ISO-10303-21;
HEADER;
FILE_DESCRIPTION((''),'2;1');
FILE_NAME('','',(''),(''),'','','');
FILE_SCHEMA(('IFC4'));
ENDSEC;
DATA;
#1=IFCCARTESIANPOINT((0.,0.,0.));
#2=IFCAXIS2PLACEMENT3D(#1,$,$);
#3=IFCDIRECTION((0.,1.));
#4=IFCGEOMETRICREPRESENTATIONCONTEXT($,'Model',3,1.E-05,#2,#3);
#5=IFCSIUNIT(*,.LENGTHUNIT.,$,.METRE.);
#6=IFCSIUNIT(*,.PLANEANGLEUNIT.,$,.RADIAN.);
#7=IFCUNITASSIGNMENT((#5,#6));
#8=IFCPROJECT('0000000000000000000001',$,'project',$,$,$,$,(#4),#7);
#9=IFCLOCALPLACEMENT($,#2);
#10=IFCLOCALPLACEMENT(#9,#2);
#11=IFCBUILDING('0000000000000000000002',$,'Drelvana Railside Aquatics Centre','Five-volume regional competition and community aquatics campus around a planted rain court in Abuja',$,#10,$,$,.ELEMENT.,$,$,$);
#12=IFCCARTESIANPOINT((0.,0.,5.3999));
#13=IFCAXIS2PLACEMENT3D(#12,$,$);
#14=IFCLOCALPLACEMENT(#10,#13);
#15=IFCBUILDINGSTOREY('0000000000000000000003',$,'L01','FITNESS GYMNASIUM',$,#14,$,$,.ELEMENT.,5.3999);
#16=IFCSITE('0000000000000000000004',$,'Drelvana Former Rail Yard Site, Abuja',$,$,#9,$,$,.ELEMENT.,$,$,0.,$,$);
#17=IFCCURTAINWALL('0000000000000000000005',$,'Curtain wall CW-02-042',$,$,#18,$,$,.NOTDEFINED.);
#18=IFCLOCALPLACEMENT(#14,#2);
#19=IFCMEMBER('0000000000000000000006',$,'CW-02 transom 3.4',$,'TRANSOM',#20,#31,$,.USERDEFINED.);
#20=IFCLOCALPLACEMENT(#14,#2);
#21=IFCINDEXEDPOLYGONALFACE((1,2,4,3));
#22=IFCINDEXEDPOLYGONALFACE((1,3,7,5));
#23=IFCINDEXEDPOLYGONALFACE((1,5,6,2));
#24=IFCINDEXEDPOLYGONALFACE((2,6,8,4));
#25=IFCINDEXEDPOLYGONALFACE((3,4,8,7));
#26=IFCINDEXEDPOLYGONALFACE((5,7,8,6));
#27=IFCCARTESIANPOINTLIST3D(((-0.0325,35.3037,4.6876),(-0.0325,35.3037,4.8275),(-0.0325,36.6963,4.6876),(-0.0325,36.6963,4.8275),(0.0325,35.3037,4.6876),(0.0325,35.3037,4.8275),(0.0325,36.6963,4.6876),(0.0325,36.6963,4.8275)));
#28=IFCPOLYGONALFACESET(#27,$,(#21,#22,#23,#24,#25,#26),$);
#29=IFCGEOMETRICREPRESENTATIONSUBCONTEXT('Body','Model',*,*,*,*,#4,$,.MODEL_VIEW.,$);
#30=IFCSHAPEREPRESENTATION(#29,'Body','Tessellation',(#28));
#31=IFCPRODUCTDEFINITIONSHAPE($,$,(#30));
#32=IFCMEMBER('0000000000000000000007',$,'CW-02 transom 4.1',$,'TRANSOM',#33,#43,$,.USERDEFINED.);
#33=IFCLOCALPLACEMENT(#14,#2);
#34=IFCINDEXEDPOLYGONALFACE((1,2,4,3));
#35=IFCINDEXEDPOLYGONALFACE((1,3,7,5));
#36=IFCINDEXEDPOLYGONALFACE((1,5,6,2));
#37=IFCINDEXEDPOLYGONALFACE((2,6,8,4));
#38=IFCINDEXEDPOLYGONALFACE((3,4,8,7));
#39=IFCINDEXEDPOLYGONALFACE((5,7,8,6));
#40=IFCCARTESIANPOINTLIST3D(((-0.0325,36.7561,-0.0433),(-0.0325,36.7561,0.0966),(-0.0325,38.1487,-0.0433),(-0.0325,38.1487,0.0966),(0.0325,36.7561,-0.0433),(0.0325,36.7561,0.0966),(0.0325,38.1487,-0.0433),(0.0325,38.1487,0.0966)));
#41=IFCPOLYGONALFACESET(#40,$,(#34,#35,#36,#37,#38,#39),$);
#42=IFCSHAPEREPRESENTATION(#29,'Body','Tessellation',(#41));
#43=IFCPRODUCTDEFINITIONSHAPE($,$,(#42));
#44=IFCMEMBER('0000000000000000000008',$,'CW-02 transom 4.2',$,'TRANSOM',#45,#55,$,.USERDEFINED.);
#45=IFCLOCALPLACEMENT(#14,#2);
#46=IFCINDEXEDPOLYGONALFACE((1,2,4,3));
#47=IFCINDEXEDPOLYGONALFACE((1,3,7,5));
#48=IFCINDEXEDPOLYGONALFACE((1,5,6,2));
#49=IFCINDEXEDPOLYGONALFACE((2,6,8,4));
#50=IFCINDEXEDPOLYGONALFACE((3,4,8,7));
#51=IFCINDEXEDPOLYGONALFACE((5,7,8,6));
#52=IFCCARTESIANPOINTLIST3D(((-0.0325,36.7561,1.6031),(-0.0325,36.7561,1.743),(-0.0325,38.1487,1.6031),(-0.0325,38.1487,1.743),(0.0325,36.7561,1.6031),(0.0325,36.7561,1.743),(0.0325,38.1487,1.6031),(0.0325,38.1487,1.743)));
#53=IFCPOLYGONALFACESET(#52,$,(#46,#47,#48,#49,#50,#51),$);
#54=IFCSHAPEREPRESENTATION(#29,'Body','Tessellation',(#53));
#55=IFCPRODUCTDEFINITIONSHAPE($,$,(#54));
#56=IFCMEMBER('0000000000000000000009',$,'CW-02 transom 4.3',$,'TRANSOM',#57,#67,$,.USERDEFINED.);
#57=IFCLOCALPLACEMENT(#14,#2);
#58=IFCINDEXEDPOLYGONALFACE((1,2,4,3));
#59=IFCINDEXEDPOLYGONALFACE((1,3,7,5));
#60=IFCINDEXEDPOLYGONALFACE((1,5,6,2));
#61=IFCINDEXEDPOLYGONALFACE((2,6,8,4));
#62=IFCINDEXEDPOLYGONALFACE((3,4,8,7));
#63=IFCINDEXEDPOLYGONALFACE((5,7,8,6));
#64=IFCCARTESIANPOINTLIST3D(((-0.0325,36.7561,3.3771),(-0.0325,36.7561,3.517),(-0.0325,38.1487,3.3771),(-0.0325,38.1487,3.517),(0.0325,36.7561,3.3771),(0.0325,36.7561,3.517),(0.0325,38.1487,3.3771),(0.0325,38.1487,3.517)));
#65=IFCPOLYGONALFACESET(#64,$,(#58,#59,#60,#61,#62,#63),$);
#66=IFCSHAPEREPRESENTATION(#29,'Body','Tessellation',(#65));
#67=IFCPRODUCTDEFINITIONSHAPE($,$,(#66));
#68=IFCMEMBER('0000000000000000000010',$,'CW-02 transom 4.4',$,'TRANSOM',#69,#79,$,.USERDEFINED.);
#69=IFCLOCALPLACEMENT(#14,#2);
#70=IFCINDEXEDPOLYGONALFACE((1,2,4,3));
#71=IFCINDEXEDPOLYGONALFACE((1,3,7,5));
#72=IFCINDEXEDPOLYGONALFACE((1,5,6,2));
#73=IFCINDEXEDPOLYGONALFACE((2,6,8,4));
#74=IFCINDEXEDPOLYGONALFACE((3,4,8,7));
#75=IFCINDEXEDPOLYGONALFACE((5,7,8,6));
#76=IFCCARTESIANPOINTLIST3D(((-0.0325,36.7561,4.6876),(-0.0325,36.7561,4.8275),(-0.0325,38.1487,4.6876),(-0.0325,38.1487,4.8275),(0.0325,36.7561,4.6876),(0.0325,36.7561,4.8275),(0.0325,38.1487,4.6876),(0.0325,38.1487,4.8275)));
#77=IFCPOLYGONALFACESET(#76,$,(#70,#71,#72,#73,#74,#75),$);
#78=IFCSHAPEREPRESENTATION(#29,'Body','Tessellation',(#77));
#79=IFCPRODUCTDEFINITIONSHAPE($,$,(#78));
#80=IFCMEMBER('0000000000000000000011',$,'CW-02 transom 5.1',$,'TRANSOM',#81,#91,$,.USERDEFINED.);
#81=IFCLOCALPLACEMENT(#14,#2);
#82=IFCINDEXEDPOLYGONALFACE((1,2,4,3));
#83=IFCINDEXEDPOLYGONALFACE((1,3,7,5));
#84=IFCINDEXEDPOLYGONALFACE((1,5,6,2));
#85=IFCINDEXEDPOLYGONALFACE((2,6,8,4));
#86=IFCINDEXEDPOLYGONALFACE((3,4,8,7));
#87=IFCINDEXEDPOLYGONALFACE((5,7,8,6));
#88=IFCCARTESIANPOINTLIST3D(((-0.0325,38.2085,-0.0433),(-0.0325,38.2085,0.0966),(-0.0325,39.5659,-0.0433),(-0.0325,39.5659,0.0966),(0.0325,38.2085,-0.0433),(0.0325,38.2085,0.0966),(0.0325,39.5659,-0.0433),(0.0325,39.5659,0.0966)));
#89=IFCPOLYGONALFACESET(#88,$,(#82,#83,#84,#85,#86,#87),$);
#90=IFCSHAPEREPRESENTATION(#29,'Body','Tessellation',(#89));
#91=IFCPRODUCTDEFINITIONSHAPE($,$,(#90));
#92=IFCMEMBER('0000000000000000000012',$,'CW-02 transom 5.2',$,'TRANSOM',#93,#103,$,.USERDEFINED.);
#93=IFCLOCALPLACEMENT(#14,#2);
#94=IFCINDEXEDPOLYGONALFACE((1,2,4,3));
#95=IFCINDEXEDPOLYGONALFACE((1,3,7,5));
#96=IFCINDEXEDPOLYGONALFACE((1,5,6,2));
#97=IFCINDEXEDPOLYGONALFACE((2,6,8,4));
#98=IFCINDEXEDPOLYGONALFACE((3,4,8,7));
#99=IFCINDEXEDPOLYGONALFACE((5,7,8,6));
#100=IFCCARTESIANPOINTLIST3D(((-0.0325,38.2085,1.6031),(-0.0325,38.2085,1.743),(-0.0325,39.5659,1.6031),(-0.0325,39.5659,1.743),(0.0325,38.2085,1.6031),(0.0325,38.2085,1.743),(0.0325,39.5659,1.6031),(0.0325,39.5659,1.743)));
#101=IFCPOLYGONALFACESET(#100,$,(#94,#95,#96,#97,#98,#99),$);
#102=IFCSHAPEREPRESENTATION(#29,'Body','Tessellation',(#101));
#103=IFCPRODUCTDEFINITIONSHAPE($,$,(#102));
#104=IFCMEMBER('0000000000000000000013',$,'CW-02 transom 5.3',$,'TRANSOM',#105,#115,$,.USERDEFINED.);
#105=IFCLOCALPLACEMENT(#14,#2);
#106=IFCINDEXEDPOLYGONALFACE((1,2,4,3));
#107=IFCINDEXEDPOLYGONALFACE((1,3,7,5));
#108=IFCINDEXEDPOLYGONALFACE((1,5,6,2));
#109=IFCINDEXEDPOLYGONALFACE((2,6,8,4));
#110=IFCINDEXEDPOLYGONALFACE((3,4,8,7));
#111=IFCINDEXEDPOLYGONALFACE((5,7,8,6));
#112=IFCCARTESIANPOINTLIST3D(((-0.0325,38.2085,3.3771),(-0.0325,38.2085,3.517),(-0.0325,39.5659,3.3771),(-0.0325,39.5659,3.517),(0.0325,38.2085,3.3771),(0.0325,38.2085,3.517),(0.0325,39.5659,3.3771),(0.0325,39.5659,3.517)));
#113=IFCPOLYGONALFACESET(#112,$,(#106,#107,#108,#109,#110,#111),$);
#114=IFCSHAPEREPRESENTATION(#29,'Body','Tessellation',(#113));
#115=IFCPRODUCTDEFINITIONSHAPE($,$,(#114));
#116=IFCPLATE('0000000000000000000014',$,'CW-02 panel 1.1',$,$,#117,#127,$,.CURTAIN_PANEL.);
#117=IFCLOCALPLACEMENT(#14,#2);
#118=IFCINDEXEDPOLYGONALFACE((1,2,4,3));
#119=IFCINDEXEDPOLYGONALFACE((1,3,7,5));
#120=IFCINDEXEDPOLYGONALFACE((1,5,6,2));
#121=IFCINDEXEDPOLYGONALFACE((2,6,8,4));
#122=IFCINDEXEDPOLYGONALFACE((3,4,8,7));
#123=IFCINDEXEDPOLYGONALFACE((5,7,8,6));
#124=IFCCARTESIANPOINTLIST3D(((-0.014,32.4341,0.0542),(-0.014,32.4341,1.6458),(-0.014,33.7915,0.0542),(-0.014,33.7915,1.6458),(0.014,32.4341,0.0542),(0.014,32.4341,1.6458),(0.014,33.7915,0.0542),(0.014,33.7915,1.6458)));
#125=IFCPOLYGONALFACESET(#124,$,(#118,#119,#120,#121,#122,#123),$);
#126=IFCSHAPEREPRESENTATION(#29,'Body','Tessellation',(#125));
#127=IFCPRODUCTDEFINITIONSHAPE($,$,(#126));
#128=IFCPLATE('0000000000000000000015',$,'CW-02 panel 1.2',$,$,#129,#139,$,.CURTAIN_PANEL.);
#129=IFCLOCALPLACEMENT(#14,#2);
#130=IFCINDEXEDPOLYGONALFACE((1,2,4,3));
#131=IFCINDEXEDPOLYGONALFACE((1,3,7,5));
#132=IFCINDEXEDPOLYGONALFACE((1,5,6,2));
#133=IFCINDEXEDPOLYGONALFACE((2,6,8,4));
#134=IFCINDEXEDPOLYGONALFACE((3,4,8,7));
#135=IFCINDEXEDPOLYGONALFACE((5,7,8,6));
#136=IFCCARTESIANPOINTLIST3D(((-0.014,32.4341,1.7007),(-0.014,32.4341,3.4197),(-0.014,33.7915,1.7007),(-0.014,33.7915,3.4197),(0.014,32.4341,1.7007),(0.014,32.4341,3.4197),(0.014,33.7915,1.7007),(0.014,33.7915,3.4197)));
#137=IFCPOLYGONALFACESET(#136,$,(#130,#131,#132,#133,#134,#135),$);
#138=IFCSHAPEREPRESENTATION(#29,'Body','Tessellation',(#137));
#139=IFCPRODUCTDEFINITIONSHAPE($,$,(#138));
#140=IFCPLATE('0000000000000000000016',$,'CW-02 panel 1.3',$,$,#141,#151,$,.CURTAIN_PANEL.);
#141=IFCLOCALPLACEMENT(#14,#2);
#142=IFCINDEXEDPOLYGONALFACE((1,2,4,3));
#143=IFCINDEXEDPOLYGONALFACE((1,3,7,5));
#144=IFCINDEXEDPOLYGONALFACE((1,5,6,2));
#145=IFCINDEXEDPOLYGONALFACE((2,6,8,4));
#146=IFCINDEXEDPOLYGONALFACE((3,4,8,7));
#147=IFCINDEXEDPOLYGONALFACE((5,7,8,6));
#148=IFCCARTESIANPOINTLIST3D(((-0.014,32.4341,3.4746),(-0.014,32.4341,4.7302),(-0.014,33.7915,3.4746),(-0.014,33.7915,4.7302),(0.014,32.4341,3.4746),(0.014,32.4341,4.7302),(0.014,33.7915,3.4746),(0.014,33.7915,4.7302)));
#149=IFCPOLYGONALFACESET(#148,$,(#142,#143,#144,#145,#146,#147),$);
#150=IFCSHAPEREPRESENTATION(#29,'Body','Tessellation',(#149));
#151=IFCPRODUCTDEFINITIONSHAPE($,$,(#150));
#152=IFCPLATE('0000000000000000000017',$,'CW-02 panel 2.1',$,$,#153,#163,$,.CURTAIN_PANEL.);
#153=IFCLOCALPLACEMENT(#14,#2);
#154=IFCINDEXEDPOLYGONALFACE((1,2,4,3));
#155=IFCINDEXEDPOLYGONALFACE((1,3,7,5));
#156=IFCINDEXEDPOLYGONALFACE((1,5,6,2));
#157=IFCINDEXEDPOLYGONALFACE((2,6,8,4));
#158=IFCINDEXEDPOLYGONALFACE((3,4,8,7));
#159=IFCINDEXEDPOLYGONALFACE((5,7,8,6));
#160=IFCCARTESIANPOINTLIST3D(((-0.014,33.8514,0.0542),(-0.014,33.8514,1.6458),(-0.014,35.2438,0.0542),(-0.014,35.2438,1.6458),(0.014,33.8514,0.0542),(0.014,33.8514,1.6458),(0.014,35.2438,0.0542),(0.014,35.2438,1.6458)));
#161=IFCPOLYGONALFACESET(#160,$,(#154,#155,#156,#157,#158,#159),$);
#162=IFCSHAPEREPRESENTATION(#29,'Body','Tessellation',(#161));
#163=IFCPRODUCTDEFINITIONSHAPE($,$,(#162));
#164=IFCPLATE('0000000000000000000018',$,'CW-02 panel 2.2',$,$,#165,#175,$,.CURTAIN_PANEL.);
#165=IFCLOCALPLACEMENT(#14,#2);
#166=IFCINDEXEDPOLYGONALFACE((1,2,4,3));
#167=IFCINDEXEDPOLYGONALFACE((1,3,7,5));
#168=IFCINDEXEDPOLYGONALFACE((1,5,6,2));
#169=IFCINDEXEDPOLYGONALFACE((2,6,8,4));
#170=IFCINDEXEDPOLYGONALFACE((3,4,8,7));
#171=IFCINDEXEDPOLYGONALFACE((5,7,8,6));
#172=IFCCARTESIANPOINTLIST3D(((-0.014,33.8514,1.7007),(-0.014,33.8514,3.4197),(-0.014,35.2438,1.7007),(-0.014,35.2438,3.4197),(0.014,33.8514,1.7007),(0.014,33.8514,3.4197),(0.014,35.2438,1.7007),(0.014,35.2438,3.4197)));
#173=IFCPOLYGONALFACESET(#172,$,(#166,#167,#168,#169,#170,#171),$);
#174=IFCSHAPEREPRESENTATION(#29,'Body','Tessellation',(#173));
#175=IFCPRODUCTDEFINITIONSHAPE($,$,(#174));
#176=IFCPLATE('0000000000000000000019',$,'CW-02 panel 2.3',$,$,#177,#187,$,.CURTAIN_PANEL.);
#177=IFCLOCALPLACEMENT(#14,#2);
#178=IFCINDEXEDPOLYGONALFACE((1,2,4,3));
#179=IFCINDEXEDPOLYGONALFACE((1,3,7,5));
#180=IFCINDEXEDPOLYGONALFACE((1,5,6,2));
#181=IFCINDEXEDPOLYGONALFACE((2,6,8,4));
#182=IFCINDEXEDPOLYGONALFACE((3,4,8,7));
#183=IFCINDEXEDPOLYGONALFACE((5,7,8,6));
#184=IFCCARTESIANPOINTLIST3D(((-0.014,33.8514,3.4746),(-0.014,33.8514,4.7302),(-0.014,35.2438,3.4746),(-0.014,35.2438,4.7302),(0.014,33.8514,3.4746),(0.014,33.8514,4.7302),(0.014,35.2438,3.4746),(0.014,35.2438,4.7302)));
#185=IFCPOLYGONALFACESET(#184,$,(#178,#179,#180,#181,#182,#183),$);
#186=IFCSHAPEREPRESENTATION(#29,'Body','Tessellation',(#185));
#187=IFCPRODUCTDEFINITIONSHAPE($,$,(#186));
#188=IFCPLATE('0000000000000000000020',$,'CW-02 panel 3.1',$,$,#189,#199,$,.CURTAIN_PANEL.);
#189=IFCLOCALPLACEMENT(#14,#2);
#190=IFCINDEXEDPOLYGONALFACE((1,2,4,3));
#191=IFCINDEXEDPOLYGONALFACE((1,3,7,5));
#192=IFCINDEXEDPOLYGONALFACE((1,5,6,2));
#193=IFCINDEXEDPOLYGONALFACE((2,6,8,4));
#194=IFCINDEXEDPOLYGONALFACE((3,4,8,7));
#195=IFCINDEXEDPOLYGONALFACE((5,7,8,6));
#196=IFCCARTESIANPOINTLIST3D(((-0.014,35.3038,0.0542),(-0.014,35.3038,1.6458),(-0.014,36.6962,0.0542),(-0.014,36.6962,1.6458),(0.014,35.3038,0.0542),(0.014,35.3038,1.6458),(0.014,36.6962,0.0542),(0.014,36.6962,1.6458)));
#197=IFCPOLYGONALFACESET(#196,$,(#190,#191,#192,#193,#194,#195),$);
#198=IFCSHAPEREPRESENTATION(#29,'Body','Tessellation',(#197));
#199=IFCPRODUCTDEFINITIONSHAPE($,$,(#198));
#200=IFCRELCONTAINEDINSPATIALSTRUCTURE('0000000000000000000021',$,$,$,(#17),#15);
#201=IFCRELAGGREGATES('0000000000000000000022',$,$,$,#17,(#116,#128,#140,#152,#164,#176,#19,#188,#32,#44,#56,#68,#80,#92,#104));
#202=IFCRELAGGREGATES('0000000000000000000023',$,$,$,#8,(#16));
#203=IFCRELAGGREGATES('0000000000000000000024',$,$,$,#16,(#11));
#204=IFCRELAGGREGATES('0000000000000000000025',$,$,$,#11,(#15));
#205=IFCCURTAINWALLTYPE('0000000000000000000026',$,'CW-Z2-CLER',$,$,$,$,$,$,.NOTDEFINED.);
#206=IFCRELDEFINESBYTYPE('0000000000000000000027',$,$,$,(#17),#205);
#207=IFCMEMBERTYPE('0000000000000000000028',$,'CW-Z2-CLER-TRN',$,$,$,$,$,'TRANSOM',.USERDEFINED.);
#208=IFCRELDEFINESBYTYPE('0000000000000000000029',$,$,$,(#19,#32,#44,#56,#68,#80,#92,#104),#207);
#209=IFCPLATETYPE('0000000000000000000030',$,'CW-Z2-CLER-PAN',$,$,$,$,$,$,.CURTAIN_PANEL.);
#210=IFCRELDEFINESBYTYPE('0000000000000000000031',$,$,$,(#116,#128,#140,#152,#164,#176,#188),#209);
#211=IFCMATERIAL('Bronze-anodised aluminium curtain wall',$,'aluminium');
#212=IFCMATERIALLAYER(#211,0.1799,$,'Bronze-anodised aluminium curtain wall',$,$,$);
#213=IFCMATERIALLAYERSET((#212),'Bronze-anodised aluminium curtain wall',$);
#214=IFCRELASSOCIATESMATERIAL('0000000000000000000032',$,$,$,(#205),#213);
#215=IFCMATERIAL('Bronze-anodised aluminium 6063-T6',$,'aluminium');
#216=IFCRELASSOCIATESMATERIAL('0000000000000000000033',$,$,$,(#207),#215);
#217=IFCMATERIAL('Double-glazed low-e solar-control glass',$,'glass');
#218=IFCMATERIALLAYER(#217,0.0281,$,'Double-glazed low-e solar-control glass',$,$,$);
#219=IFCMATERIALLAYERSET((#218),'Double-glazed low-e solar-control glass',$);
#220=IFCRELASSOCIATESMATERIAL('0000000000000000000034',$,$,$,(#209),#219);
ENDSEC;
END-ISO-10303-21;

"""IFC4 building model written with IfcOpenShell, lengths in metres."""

from ifc_helpers import new_model, si_unit, direction, frame, origin, origin_2d, place, context, subcontext, project, spatial, rectangle, extrude, material, layer, layer_set, material_profile, profile_set, type_object, element, aggregate, save


model = new_model("IFC4")

# Units and contexts
model_context = context("Model", 3, precision=1e-05, world=origin(), true_north=direction((0.0, 1.0)))
body_context = subcontext(model_context, "Body", "Model", "MODEL_VIEW")
ifc_project = project(units=[si_unit("LENGTHUNIT", "METRE"), si_unit("PLANEANGLEUNIT", "RADIAN")], contexts=[model_context])

# Site, building, storey
site_placement = place(None, origin())
site = spatial("IfcSite", under=ifc_project, at=site_placement, Name="Drelvana Former Rail Yard Site, Abuja", CompositionType="ELEMENT", RefElevation=0.0)
building_placement = place(site_placement, origin())
building = spatial("IfcBuilding", under=site, at=building_placement, Name="Drelvana Railside Aquatics Centre", Description="Five-volume regional competition and community aquatics campus around a planted rain court in Abuja", CompositionType="ELEMENT")
storey_placement = place(building_placement, frame((0.0, 0.0, 5.3999)))
storey = spatial("IfcBuildingStorey", under=building, at=storey_placement, Name="L01", Description="FITNESS GYMNASIUM", CompositionType="ELEMENT", Elevation=5.3999)

# Curtain wall, members, plates
ifc_material_1 = material(Name="Bronze-anodised aluminium curtain wall", Category="aluminium")
ifc_layer_1 = layer(ifc_material_1, 0.1799, Name="Bronze-anodised aluminium curtain wall")
ifc_layer_set_1 = layer_set([ifc_layer_1], Name="Bronze-anodised aluminium curtain wall")
curtain_wall_type = type_object("IfcCurtainWallType", Name="CW-Z2-CLER", PredefinedType="NOTDEFINED", material=ifc_layer_set_1)
curtain_wall_placement = place(storey_placement, origin())
curtain_wall = element("IfcCurtainWall", 1, at=curtain_wall_placement, inside=storey, type_object=curtain_wall_type, Name="Curtain wall CW-02-042", PredefinedType="NOTDEFINED")
ifc_material_2 = material(Name="Bronze-anodised aluminium 6063-T6", Category="aluminium")
ifc_material_profile_1 = material_profile(ifc_material_2, rectangle(XDim=0.1399, YDim=0.0649, at=origin_2d()), Name="ALU-T 65x140")
ifc_profile_set_1 = profile_set([ifc_material_profile_1], Name="Bronze-anodised aluminium 6063-T6")
member_type_1 = type_object("IfcMemberType", Name="CW-Z2-CLER-TRN", ElementType="TRANSOM", PredefinedType="USERDEFINED", material=ifc_profile_set_1)
member_1_placement = place(storey_placement, frame((0.0, 35.3037, 4.7576), z_axis=(0.0, 1.0, 0.0), x_axis=(0.0, 0.0, 1.0)))
member_1 = element("IfcMember", 2, at=member_1_placement, type_object=member_type_1, Name="CW-02 transom 3.4", ObjectType="TRANSOM", PredefinedType="USERDEFINED", context=body_context, shape_type="SweptSolid", body=[
    extrude(rectangle(XDim=0.1399, YDim=0.0649, at=origin_2d()), origin(), (0.0, 0.0, 1.0), 1.3926),
])
member_2_placement = place(storey_placement, frame((0.0, 36.7561, 0.0266), z_axis=(0.0, 1.0, 0.0), x_axis=(0.0, 0.0, 1.0)))
member_2 = element("IfcMember", 3, at=member_2_placement, type_object=member_type_1, Name="CW-02 transom 4.1", ObjectType="TRANSOM", PredefinedType="USERDEFINED", context=body_context, shape_type="SweptSolid", body=[
    extrude(rectangle(XDim=0.1399, YDim=0.0649, at=origin_2d()), origin(), (0.0, 0.0, 1.0), 1.3926),
])
member_3_placement = place(storey_placement, frame((0.0, 36.7561, 1.6731), z_axis=(0.0, 1.0, 0.0), x_axis=(0.0, 0.0, 1.0)))
member_3 = element("IfcMember", 4, at=member_3_placement, type_object=member_type_1, Name="CW-02 transom 4.2", ObjectType="TRANSOM", PredefinedType="USERDEFINED", context=body_context, shape_type="SweptSolid", body=[
    extrude(rectangle(XDim=0.1399, YDim=0.0649, at=origin_2d()), origin(), (0.0, 0.0, 1.0), 1.3926),
])
member_4_placement = place(storey_placement, frame((0.0, 36.7561, 3.447), z_axis=(0.0, 1.0, 0.0), x_axis=(0.0, 0.0, 1.0)))
member_4 = element("IfcMember", 5, at=member_4_placement, type_object=member_type_1, Name="CW-02 transom 4.3", ObjectType="TRANSOM", PredefinedType="USERDEFINED", context=body_context, shape_type="SweptSolid", body=[
    extrude(rectangle(XDim=0.1399, YDim=0.0649, at=origin_2d()), origin(), (0.0, 0.0, 1.0), 1.3926),
])
member_5_placement = place(storey_placement, frame((0.0, 36.7561, 4.7576), z_axis=(0.0, 1.0, 0.0), x_axis=(0.0, 0.0, 1.0)))
member_5 = element("IfcMember", 6, at=member_5_placement, type_object=member_type_1, Name="CW-02 transom 4.4", ObjectType="TRANSOM", PredefinedType="USERDEFINED", context=body_context, shape_type="SweptSolid", body=[
    extrude(rectangle(XDim=0.1399, YDim=0.0649, at=origin_2d()), origin(), (0.0, 0.0, 1.0), 1.3926),
])
member_6_placement = place(storey_placement, frame((0.0, 38.2085, 0.0266), z_axis=(0.0, 1.0, 0.0), x_axis=(0.0, 0.0, 1.0)))
member_6 = element("IfcMember", 7, at=member_6_placement, type_object=member_type_1, Name="CW-02 transom 5.1", ObjectType="TRANSOM", PredefinedType="USERDEFINED", context=body_context, shape_type="SweptSolid", body=[
    extrude(rectangle(XDim=0.1399, YDim=0.0649, at=origin_2d()), origin(), (0.0, 0.0, 1.0), 1.3574),
])
member_7_placement = place(storey_placement, frame((0.0, 38.2085, 1.6731), z_axis=(0.0, 1.0, 0.0), x_axis=(0.0, 0.0, 1.0)))
member_7 = element("IfcMember", 8, at=member_7_placement, type_object=member_type_1, Name="CW-02 transom 5.2", ObjectType="TRANSOM", PredefinedType="USERDEFINED", context=body_context, shape_type="SweptSolid", body=[
    extrude(rectangle(XDim=0.1399, YDim=0.0649, at=origin_2d()), origin(), (0.0, 0.0, 1.0), 1.3574),
])
member_8_placement = place(storey_placement, frame((0.0, 38.2085, 3.447), z_axis=(0.0, 1.0, 0.0), x_axis=(0.0, 0.0, 1.0)))
member_8 = element("IfcMember", 9, at=member_8_placement, type_object=member_type_1, Name="CW-02 transom 5.3", ObjectType="TRANSOM", PredefinedType="USERDEFINED", context=body_context, shape_type="SweptSolid", body=[
    extrude(rectangle(XDim=0.1399, YDim=0.0649, at=origin_2d()), origin(), (0.0, 0.0, 1.0), 1.3574),
])
ifc_material_3 = material(Name="Double-glazed low-e solar-control glass", Category="glass")
ifc_layer_2 = layer(ifc_material_3, 0.0281, Name="Double-glazed low-e solar-control glass")
ifc_layer_set_2 = layer_set([ifc_layer_2], Name="Double-glazed low-e solar-control glass")
plate_type = type_object("IfcPlateType", Name="CW-Z2-CLER-PAN", PredefinedType="CURTAIN_PANEL", material=ifc_layer_set_2)
plate_1_placement = place(storey_placement, frame((0.0, 33.1128, 0.0542), z_axis=(0.0, 0.0, 1.0), x_axis=(0.0, 1.0, 0.0)))
plate_1 = element("IfcPlate", 10, at=plate_1_placement, type_object=plate_type, Name="CW-02 panel 1.1", PredefinedType="CURTAIN_PANEL", context=body_context, shape_type="SweptSolid", body=[
    extrude(rectangle(XDim=1.3574, YDim=0.0281, at=origin_2d()), origin(), (0.0, 0.0, 1.0), 1.5916),
])
plate_2_placement = place(storey_placement, frame((0.0, 33.1128, 1.7007), z_axis=(0.0, 0.0, 1.0), x_axis=(0.0, 1.0, 0.0)))
plate_2 = element("IfcPlate", 11, at=plate_2_placement, type_object=plate_type, Name="CW-02 panel 1.2", PredefinedType="CURTAIN_PANEL", context=body_context, shape_type="SweptSolid", body=[
    extrude(rectangle(XDim=1.3574, YDim=0.0281, at=origin_2d()), origin(), (0.0, 0.0, 1.0), 1.719),
])
plate_3_placement = place(storey_placement, frame((0.0, 33.1128, 3.4746), z_axis=(0.0, 0.0, 1.0), x_axis=(0.0, 1.0, 0.0)))
plate_3 = element("IfcPlate", 12, at=plate_3_placement, type_object=plate_type, Name="CW-02 panel 1.3", PredefinedType="CURTAIN_PANEL", context=body_context, shape_type="SweptSolid", body=[
    extrude(rectangle(XDim=1.3574, YDim=0.0281, at=origin_2d()), origin(), (0.0, 0.0, 1.0), 1.2556),
])
plate_4_placement = place(storey_placement, frame((0.0, 34.5476, 0.0542), z_axis=(0.0, 0.0, 1.0), x_axis=(0.0, 1.0, 0.0)))
plate_4 = element("IfcPlate", 13, at=plate_4_placement, type_object=plate_type, Name="CW-02 panel 2.1", PredefinedType="CURTAIN_PANEL", context=body_context, shape_type="SweptSolid", body=[
    extrude(rectangle(XDim=1.3923, YDim=0.0281, at=origin_2d()), origin(), (0.0, 0.0, 1.0), 1.5916),
])
plate_5_placement = place(storey_placement, frame((0.0, 34.5476, 1.7007), z_axis=(0.0, 0.0, 1.0), x_axis=(0.0, 1.0, 0.0)))
plate_5 = element("IfcPlate", 14, at=plate_5_placement, type_object=plate_type, Name="CW-02 panel 2.2", PredefinedType="CURTAIN_PANEL", context=body_context, shape_type="SweptSolid", body=[
    extrude(rectangle(XDim=1.3923, YDim=0.0281, at=origin_2d()), origin(), (0.0, 0.0, 1.0), 1.719),
])
plate_6_placement = place(storey_placement, frame((0.0, 34.5476, 3.4746), z_axis=(0.0, 0.0, 1.0), x_axis=(0.0, 1.0, 0.0)))
plate_6 = element("IfcPlate", 15, at=plate_6_placement, type_object=plate_type, Name="CW-02 panel 2.3", PredefinedType="CURTAIN_PANEL", context=body_context, shape_type="SweptSolid", body=[
    extrude(rectangle(XDim=1.3923, YDim=0.0281, at=origin_2d()), origin(), (0.0, 0.0, 1.0), 1.2556),
])
plate_7_placement = place(storey_placement, frame((0.0, 36.0, 0.0542), z_axis=(0.0, 0.0, 1.0), x_axis=(0.0, 1.0, 0.0)))
plate_7 = element("IfcPlate", 16, at=plate_7_placement, type_object=plate_type, Name="CW-02 panel 3.1", PredefinedType="CURTAIN_PANEL", context=body_context, shape_type="SweptSolid", body=[
    extrude(rectangle(XDim=1.3923, YDim=0.0281, at=origin_2d()), origin(), (0.0, 0.0, 1.0), 1.5916),
])
aggregate(curtain_wall, [plate_1, plate_2, plate_3, plate_4, plate_5, plate_6, member_1, plate_7, member_2, member_3, member_4, member_5, member_6, member_7, member_8])

save(model, "model.ifc")
